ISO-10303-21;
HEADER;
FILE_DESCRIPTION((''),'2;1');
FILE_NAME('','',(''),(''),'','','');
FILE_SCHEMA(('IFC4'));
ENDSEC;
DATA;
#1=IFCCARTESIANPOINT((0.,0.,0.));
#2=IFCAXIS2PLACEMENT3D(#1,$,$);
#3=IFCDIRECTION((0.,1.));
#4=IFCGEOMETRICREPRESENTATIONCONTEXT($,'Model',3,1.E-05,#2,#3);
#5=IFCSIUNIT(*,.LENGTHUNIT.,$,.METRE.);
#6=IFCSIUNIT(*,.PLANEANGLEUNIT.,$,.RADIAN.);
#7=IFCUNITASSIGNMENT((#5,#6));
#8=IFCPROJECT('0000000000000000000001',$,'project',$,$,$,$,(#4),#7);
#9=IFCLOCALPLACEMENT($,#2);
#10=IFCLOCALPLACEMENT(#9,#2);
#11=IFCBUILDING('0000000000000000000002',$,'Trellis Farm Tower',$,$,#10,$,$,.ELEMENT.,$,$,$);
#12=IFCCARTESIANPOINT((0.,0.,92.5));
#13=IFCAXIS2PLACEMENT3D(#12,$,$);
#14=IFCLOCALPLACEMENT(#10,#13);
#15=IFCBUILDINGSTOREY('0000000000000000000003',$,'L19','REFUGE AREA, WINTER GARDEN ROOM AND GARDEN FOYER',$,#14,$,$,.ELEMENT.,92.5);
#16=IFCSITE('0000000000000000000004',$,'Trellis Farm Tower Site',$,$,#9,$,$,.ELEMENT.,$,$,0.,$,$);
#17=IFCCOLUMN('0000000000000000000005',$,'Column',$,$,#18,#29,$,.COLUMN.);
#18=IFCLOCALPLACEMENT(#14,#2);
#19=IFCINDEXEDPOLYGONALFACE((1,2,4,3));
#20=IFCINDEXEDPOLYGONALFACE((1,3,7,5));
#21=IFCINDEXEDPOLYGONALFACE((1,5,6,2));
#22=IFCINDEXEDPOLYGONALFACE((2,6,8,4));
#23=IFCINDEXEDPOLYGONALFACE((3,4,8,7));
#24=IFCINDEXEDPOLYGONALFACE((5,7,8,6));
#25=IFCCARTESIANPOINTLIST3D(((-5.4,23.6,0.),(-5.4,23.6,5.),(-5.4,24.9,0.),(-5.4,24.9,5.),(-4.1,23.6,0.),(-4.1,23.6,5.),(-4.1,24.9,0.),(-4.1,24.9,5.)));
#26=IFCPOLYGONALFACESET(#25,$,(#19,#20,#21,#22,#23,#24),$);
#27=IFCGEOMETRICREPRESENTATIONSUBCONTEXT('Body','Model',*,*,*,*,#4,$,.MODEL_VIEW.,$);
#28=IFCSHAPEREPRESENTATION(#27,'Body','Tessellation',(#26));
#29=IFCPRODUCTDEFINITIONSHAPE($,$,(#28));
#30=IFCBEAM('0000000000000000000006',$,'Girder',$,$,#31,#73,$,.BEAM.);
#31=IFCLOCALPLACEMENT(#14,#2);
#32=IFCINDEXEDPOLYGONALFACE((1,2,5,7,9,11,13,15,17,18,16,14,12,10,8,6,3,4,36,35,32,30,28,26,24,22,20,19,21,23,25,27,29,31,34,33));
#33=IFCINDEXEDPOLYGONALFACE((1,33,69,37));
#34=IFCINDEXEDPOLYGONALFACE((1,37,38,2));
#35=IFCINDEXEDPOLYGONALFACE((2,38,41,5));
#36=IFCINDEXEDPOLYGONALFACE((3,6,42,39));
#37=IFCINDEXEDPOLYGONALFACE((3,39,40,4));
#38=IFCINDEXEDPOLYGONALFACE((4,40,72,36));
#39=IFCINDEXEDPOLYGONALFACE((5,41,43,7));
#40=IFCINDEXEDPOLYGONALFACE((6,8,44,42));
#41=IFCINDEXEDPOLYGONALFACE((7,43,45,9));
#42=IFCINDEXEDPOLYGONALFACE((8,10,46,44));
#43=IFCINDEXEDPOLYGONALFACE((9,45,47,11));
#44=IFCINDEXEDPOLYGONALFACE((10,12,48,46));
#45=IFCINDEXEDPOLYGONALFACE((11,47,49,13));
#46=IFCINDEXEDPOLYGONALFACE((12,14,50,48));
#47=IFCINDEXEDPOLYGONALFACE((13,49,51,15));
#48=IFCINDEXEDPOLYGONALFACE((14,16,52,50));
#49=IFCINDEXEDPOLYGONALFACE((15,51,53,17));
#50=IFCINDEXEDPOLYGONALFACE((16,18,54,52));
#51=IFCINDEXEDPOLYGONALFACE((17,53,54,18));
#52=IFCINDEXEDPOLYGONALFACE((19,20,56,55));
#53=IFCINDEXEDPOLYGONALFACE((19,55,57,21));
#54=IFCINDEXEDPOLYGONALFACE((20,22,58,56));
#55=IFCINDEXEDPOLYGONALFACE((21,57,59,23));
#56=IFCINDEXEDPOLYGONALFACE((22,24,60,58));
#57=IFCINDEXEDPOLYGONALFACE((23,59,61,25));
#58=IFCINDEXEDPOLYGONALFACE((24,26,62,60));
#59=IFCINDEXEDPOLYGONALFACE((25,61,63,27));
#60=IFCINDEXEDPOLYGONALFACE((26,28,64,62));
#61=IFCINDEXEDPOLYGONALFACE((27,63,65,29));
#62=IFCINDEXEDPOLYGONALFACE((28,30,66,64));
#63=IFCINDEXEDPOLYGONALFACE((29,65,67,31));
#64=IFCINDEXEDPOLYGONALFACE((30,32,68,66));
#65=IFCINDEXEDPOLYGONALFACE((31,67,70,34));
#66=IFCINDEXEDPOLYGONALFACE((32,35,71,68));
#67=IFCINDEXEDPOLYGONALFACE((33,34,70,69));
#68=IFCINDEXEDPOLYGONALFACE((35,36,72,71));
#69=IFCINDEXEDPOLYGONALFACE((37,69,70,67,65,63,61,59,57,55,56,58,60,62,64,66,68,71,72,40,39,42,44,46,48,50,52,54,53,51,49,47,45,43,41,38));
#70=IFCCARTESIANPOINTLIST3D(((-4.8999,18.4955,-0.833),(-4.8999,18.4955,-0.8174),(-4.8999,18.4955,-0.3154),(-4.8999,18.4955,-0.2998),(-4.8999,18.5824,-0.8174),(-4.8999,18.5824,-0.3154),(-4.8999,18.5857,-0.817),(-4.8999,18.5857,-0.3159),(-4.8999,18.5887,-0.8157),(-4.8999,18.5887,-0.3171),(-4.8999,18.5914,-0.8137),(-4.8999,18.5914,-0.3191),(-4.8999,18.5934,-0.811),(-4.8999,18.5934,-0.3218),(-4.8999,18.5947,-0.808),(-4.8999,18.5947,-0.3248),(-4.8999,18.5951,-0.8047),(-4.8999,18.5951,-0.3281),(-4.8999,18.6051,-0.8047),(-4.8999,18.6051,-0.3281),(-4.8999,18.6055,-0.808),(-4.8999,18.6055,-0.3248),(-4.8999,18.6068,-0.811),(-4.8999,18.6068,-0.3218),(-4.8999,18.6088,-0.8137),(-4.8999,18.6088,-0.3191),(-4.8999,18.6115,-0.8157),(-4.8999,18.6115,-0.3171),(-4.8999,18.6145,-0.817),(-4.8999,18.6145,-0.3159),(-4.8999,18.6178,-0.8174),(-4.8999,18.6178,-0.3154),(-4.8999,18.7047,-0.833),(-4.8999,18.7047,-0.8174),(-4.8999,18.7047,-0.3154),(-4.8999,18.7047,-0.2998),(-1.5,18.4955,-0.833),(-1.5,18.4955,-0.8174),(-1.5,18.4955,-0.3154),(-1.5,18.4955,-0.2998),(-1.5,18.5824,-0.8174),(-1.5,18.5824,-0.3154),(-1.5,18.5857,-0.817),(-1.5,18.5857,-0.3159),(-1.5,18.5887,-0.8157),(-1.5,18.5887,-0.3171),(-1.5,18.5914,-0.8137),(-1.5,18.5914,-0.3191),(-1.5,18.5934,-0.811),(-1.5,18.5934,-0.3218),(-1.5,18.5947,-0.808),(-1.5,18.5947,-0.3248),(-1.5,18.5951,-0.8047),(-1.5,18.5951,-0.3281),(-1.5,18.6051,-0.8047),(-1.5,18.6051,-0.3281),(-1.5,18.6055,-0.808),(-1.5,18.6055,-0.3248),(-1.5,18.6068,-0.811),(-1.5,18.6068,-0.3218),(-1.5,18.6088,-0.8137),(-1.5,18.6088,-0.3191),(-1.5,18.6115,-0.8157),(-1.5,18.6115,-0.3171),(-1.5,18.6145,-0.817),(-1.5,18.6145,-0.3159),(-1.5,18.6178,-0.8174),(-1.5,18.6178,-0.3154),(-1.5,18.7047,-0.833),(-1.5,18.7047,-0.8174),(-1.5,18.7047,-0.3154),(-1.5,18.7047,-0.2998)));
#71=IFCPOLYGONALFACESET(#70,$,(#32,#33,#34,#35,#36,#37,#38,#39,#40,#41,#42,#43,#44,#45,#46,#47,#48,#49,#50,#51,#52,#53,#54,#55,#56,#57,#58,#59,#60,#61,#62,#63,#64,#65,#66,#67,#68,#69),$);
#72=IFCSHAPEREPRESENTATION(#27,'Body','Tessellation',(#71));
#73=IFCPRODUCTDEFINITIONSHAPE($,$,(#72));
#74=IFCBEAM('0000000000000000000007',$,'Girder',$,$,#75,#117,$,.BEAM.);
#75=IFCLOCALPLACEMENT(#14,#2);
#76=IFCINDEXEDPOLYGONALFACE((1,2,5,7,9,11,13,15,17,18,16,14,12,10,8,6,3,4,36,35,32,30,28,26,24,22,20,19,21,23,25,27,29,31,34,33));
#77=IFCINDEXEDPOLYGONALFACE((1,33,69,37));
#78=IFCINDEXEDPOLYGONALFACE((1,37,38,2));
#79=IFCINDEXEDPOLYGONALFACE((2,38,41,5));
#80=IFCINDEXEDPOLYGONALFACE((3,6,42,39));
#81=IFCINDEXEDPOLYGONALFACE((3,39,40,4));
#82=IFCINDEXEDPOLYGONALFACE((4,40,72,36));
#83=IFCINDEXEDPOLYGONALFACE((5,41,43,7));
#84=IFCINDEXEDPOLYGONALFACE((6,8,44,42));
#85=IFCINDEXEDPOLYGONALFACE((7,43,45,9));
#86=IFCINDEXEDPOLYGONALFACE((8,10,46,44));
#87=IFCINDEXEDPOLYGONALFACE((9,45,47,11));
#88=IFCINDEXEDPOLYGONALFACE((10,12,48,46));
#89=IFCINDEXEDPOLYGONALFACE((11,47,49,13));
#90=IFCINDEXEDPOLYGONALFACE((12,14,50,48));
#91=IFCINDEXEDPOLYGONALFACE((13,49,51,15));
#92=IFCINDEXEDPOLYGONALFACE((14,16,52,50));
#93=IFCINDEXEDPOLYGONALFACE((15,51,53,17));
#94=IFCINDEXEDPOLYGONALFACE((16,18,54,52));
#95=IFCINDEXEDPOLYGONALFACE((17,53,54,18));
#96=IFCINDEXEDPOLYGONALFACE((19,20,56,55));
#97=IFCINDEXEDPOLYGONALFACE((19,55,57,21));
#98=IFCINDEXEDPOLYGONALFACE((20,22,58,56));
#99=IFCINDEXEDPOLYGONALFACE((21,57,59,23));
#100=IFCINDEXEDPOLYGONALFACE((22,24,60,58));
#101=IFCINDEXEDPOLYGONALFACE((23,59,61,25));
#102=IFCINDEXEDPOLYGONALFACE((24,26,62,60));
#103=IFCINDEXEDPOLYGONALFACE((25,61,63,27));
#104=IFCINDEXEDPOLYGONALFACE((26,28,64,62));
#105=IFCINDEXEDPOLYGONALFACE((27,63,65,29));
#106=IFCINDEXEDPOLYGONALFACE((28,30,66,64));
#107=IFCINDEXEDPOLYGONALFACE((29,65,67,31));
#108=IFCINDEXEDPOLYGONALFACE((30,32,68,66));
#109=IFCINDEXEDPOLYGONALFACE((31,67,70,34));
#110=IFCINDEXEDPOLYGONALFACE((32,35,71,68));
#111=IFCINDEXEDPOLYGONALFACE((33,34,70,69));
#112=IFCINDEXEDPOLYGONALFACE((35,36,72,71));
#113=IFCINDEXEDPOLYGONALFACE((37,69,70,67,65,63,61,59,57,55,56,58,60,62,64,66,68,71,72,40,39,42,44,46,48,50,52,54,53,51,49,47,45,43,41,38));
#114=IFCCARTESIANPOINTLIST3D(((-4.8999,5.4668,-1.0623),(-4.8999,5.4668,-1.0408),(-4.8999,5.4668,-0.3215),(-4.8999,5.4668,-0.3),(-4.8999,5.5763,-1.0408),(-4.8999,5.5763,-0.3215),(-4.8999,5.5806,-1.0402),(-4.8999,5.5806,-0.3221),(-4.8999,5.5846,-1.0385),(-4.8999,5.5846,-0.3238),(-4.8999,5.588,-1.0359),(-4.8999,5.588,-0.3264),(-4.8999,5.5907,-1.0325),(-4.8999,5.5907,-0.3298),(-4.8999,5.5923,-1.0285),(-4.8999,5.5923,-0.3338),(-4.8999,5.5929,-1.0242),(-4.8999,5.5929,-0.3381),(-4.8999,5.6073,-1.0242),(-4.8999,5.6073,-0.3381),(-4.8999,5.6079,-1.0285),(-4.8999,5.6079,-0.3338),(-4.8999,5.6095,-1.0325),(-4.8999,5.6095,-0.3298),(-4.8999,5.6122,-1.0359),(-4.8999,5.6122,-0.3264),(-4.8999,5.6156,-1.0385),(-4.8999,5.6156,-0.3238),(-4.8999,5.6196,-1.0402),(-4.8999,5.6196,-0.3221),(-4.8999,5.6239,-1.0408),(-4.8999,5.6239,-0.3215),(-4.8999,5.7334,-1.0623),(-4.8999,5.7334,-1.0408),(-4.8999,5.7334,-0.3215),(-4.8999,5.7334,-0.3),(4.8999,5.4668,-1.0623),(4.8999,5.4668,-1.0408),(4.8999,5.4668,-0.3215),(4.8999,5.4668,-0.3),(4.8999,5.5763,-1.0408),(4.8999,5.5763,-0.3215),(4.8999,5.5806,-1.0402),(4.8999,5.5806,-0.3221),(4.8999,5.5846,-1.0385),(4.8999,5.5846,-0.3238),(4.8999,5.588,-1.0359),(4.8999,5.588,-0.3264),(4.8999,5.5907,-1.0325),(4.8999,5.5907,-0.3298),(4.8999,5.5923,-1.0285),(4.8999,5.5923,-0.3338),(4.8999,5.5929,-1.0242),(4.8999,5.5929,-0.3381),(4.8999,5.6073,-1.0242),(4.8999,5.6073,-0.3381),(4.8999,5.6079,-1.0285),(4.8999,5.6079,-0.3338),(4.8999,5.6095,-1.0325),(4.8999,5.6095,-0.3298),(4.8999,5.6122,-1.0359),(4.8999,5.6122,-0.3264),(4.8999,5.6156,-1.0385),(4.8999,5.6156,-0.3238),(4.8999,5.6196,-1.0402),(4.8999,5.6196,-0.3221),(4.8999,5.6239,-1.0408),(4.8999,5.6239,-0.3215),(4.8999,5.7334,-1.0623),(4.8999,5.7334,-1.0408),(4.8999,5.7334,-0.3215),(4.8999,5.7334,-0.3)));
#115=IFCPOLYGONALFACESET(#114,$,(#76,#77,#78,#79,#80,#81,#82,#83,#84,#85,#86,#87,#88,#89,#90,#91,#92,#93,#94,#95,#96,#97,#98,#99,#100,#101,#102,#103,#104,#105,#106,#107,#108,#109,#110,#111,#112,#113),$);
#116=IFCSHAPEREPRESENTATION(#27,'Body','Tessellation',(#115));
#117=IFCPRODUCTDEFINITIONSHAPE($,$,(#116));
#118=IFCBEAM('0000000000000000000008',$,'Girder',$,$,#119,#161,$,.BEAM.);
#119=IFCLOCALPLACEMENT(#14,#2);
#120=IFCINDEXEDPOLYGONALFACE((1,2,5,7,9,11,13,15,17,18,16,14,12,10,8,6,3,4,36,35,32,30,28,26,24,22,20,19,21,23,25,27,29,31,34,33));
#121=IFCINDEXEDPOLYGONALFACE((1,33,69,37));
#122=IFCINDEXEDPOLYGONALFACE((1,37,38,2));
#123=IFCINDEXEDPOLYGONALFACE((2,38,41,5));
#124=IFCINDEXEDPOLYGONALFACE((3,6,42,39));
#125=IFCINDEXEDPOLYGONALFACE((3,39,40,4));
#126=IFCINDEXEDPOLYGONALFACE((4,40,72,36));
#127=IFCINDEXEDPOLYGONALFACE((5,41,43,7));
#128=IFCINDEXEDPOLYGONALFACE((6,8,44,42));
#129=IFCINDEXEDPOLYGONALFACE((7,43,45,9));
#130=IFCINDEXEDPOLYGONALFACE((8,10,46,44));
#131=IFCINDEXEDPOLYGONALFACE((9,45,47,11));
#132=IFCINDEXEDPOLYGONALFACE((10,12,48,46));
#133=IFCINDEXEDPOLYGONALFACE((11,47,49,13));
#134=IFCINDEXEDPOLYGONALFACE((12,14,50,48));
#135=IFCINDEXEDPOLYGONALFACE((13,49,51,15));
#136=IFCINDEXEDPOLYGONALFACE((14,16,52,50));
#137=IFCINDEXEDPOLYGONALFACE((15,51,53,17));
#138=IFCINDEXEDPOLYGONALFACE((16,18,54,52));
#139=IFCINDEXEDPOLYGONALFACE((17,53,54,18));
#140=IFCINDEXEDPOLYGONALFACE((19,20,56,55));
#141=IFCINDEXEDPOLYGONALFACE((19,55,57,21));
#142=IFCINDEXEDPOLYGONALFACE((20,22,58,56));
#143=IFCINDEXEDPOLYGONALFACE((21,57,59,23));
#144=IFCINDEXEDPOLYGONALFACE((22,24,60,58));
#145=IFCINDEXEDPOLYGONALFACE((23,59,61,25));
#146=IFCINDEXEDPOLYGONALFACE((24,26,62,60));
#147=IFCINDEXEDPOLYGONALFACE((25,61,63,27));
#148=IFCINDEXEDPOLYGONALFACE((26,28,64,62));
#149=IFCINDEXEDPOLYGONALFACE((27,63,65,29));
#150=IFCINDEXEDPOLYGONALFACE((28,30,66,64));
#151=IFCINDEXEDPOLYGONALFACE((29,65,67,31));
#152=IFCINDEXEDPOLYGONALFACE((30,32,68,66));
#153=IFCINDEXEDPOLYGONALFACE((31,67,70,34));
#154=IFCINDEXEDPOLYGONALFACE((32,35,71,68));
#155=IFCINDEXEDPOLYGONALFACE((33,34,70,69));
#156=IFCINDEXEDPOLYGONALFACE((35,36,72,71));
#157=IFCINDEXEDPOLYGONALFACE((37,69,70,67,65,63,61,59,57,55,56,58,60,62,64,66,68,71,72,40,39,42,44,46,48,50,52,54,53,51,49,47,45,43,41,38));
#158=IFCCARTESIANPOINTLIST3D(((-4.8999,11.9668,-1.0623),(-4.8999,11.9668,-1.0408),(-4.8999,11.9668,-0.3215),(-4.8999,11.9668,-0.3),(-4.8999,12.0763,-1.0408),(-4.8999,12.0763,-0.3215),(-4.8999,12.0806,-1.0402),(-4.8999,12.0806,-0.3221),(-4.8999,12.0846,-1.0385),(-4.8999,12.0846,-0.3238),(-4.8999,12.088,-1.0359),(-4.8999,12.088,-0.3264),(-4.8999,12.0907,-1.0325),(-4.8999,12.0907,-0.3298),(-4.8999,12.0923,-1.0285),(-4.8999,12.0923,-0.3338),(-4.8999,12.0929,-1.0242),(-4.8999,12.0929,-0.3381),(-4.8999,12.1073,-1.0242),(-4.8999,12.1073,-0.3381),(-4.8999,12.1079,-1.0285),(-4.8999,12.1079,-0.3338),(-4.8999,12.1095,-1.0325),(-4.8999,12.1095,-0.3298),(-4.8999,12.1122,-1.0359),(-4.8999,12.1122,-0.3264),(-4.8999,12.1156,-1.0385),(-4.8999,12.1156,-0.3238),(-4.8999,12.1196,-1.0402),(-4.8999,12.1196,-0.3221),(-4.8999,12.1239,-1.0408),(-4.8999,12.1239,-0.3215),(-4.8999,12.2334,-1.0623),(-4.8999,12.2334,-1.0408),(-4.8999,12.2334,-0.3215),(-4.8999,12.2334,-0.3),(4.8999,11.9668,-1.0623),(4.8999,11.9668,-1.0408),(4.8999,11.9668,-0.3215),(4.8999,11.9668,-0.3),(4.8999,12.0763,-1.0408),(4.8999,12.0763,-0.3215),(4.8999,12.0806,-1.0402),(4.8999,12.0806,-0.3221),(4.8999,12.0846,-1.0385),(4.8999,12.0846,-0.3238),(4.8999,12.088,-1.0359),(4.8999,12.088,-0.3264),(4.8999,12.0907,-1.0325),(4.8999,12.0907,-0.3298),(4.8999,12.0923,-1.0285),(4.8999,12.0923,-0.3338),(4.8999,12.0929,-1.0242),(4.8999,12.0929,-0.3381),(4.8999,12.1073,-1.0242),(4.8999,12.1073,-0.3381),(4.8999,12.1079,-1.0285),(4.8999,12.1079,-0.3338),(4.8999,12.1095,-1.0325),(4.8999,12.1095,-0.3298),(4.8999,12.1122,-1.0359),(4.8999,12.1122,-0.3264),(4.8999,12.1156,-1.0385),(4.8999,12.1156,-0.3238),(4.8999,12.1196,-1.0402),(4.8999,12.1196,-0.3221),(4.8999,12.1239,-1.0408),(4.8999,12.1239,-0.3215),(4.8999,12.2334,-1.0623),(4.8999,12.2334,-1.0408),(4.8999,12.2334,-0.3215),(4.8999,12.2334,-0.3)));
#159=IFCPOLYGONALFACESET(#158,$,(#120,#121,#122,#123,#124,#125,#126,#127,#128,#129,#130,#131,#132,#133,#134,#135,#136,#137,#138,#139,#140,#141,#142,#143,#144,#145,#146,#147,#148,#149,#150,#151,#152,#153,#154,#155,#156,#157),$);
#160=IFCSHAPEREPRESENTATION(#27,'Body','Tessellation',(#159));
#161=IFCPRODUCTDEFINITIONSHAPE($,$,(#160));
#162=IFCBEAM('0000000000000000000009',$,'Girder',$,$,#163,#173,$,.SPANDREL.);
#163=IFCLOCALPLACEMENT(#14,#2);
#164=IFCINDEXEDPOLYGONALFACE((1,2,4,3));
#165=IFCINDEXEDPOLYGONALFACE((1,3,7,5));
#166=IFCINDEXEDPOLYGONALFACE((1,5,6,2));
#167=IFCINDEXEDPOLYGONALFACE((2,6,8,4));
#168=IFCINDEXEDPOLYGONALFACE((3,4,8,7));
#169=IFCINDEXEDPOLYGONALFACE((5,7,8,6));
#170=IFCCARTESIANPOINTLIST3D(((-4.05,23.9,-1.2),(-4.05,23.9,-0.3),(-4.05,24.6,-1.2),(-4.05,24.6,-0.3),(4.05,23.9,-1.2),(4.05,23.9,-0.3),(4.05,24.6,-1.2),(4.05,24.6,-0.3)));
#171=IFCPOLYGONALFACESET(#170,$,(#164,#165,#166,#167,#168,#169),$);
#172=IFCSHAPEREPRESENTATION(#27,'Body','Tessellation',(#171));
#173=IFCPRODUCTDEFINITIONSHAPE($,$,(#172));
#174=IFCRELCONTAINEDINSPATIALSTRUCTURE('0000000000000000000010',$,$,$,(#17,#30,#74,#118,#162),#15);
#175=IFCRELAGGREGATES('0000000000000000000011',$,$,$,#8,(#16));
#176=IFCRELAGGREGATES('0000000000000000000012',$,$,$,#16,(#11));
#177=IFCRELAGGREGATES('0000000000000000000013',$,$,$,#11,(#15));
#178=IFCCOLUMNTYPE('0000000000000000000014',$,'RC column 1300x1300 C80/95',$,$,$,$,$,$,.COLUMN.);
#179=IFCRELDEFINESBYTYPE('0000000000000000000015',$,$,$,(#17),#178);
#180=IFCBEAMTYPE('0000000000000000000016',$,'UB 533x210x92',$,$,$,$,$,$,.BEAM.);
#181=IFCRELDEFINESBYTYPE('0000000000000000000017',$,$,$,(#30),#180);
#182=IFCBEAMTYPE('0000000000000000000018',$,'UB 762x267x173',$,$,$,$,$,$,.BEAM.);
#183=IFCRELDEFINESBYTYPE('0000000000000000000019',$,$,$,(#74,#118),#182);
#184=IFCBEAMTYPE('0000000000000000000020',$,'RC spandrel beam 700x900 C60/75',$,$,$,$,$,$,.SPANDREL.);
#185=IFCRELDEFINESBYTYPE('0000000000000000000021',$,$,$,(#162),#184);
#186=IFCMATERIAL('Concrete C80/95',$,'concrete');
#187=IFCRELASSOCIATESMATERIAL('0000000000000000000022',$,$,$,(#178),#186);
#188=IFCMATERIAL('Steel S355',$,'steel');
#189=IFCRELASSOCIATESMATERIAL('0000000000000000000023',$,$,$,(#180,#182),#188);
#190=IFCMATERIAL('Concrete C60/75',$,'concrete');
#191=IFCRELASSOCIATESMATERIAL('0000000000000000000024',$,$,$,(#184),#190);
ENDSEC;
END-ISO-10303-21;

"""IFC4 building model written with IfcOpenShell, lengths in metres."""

from ifc_helpers import new_model, si_unit, direction, frame, origin, origin_2d, place, context, subcontext, project, spatial, rectangle, i_section, extrude, source, transform, mapped, material, material_profile, profile_set, type_object, element, save


model = new_model("IFC4")

# Units and contexts
model_context = context("Model", 3, precision=1e-05, world=origin(), true_north=direction((0.0, 1.0)))
body_context = subcontext(model_context, "Body", "Model", "MODEL_VIEW")
ifc_project = project(units=[si_unit("LENGTHUNIT", "METRE"), si_unit("PLANEANGLEUNIT", "RADIAN")], contexts=[model_context])

# Site, building, storey
site_placement = place(None, origin())
site = spatial("IfcSite", under=ifc_project, at=site_placement, Name="Trellis Farm Tower Site", CompositionType="ELEMENT", RefElevation=0.0)
building_placement = place(site_placement, origin())
building = spatial("IfcBuilding", under=site, at=building_placement, Name="Trellis Farm Tower", CompositionType="ELEMENT")
storey_placement = place(building_placement, frame((0.0, 0.0, 92.5)))
storey = spatial("IfcBuildingStorey", under=building, at=storey_placement, Name="L19", Description="REFUGE AREA, WINTER GARDEN ROOM AND GARDEN FOYER", CompositionType="ELEMENT", Elevation=92.5)

# Column
ifc_material_1 = material(Name="Concrete C80/95", Category="concrete")
ifc_material_profile_1 = material_profile(ifc_material_1, rectangle(XDim=1.3, YDim=1.3, at=origin_2d()), Name="RC column 1300x1300 C80/95")
ifc_profile_set_1 = profile_set([ifc_material_profile_1], Name="Concrete C80/95")
column_type = type_object("IfcColumnType", Name="RC column 1300x1300 C80/95", PredefinedType="COLUMN", material=ifc_profile_set_1)
shared_shape_1 = source(origin(), body_context, "Body", "SweptSolid", [
    extrude(rectangle(XDim=1.3, YDim=1.3, at=origin_2d()), origin(), (0.0, 0.0, 1.0), 5.0),
])
column_placement = place(storey_placement, frame((-4.75, 24.25, 0.0), z_axis=(0.0, 0.0, 1.0), x_axis=(1.0, 0.0, 0.0)))
element("IfcColumn", 1, at=column_placement, inside=storey, type_object=column_type, Name="Column", PredefinedType="COLUMN", context=body_context, shape_type="MappedRepresentation", body=[
    mapped(shared_shape_1, transform((0.0, 0.0, 0.0))),
])

# Beams
ifc_material_2 = material(Name="Steel S355", Category="steel")
ifc_material_profile_2 = material_profile(ifc_material_2, i_section(OverallWidth=0.2092, OverallDepth=0.5332, WebThickness=0.01, FlangeThickness=0.0156, FilletRadius=0.0127, at=origin_2d()), Name="UB 533x210x92")
ifc_profile_set_2 = profile_set([ifc_material_profile_2], Name="Steel S355")
beam_type_1 = type_object("IfcBeamType", Name="UB 533x210x92", PredefinedType="BEAM", material=ifc_profile_set_2)
shared_shape_2 = source(origin(), body_context, "Body", "SweptSolid", [
    extrude(i_section(OverallWidth=0.2092, OverallDepth=0.5332, WebThickness=0.01, FlangeThickness=0.0156, FilletRadius=0.0127, at=origin_2d()), origin(), (0.0, 0.0, 1.0), 3.3999),
])
beam_1_placement = place(storey_placement, frame((-4.8999, 18.6001, -0.5664), z_axis=(1.0, 0.0, 0.0), x_axis=(0.0, 1.0, 0.0)))
element("IfcBeam", 2, at=beam_1_placement, inside=storey, type_object=beam_type_1, Name="Girder", PredefinedType="BEAM", context=body_context, shape_type="MappedRepresentation", body=[
    mapped(shared_shape_2, transform((0.0, 0.0, 0.0))),
])
ifc_material_profile_3 = material_profile(ifc_material_2, i_section(OverallWidth=0.2666, OverallDepth=0.7622, WebThickness=0.0144, FlangeThickness=0.0215, FilletRadius=0.0166, at=origin_2d()), Name="UB 762x267x173")
ifc_profile_set_3 = profile_set([ifc_material_profile_3], Name="Steel S355")
beam_type_2 = type_object("IfcBeamType", Name="UB 762x267x173", PredefinedType="BEAM", material=ifc_profile_set_3)
shared_shape_3 = source(origin(), body_context, "Body", "SweptSolid", [
    extrude(i_section(OverallWidth=0.2666, OverallDepth=0.7622, WebThickness=0.0144, FlangeThickness=0.0215, FilletRadius=0.0166, at=origin_2d()), origin(), (0.0, 0.0, 1.0), 9.7998),
])
for number, where, z_axis, x_axis, name in (
    (3, (-4.8999, 5.6001, -0.6812), (1.0, 0.0, 0.0), (0.0, 1.0, 0.0), "Girder"),
    (4, (-4.8999, 12.1001, -0.6812), (1.0, 0.0, 0.0), (0.0, 1.0, 0.0), "Girder"),
):
    element("IfcBeam", number, at=place(storey_placement, frame(where, z_axis=z_axis, x_axis=x_axis)), inside=storey, type_object=beam_type_2, Name=name, PredefinedType="BEAM", context=body_context, shape_type="MappedRepresentation", body=[
        mapped(shared_shape_3, transform((0.0, 0.0, 0.0))),
    ])
ifc_material_3 = material(Name="Concrete C60/75", Category="concrete")
ifc_material_profile_4 = material_profile(ifc_material_3, rectangle(XDim=0.7, YDim=0.8999, at=origin_2d()), Name="RC spandrel beam 700x900 C60/75")
ifc_profile_set_4 = profile_set([ifc_material_profile_4], Name="Concrete C60/75")
beam_type_3 = type_object("IfcBeamType", Name="RC spandrel beam 700x900 C60/75", PredefinedType="SPANDREL", material=ifc_profile_set_4)
shared_shape_4 = source(origin(), body_context, "Body", "SweptSolid", [
    extrude(rectangle(XDim=0.7, YDim=0.8999, at=origin_2d()), origin(), (0.0, 0.0, 1.0), 8.1001),
])
beam_2_placement = place(storey_placement, frame((-4.05, 24.25, -0.75), z_axis=(1.0, 0.0, 0.0), x_axis=(0.0, 1.0, 0.0)))
element("IfcBeam", 5, at=beam_2_placement, inside=storey, type_object=beam_type_3, Name="Girder", PredefinedType="SPANDREL", context=body_context, shape_type="MappedRepresentation", body=[
    mapped(shared_shape_4, transform((0.0, 0.0, 0.0))),
])

save(model, "model.ifc")
